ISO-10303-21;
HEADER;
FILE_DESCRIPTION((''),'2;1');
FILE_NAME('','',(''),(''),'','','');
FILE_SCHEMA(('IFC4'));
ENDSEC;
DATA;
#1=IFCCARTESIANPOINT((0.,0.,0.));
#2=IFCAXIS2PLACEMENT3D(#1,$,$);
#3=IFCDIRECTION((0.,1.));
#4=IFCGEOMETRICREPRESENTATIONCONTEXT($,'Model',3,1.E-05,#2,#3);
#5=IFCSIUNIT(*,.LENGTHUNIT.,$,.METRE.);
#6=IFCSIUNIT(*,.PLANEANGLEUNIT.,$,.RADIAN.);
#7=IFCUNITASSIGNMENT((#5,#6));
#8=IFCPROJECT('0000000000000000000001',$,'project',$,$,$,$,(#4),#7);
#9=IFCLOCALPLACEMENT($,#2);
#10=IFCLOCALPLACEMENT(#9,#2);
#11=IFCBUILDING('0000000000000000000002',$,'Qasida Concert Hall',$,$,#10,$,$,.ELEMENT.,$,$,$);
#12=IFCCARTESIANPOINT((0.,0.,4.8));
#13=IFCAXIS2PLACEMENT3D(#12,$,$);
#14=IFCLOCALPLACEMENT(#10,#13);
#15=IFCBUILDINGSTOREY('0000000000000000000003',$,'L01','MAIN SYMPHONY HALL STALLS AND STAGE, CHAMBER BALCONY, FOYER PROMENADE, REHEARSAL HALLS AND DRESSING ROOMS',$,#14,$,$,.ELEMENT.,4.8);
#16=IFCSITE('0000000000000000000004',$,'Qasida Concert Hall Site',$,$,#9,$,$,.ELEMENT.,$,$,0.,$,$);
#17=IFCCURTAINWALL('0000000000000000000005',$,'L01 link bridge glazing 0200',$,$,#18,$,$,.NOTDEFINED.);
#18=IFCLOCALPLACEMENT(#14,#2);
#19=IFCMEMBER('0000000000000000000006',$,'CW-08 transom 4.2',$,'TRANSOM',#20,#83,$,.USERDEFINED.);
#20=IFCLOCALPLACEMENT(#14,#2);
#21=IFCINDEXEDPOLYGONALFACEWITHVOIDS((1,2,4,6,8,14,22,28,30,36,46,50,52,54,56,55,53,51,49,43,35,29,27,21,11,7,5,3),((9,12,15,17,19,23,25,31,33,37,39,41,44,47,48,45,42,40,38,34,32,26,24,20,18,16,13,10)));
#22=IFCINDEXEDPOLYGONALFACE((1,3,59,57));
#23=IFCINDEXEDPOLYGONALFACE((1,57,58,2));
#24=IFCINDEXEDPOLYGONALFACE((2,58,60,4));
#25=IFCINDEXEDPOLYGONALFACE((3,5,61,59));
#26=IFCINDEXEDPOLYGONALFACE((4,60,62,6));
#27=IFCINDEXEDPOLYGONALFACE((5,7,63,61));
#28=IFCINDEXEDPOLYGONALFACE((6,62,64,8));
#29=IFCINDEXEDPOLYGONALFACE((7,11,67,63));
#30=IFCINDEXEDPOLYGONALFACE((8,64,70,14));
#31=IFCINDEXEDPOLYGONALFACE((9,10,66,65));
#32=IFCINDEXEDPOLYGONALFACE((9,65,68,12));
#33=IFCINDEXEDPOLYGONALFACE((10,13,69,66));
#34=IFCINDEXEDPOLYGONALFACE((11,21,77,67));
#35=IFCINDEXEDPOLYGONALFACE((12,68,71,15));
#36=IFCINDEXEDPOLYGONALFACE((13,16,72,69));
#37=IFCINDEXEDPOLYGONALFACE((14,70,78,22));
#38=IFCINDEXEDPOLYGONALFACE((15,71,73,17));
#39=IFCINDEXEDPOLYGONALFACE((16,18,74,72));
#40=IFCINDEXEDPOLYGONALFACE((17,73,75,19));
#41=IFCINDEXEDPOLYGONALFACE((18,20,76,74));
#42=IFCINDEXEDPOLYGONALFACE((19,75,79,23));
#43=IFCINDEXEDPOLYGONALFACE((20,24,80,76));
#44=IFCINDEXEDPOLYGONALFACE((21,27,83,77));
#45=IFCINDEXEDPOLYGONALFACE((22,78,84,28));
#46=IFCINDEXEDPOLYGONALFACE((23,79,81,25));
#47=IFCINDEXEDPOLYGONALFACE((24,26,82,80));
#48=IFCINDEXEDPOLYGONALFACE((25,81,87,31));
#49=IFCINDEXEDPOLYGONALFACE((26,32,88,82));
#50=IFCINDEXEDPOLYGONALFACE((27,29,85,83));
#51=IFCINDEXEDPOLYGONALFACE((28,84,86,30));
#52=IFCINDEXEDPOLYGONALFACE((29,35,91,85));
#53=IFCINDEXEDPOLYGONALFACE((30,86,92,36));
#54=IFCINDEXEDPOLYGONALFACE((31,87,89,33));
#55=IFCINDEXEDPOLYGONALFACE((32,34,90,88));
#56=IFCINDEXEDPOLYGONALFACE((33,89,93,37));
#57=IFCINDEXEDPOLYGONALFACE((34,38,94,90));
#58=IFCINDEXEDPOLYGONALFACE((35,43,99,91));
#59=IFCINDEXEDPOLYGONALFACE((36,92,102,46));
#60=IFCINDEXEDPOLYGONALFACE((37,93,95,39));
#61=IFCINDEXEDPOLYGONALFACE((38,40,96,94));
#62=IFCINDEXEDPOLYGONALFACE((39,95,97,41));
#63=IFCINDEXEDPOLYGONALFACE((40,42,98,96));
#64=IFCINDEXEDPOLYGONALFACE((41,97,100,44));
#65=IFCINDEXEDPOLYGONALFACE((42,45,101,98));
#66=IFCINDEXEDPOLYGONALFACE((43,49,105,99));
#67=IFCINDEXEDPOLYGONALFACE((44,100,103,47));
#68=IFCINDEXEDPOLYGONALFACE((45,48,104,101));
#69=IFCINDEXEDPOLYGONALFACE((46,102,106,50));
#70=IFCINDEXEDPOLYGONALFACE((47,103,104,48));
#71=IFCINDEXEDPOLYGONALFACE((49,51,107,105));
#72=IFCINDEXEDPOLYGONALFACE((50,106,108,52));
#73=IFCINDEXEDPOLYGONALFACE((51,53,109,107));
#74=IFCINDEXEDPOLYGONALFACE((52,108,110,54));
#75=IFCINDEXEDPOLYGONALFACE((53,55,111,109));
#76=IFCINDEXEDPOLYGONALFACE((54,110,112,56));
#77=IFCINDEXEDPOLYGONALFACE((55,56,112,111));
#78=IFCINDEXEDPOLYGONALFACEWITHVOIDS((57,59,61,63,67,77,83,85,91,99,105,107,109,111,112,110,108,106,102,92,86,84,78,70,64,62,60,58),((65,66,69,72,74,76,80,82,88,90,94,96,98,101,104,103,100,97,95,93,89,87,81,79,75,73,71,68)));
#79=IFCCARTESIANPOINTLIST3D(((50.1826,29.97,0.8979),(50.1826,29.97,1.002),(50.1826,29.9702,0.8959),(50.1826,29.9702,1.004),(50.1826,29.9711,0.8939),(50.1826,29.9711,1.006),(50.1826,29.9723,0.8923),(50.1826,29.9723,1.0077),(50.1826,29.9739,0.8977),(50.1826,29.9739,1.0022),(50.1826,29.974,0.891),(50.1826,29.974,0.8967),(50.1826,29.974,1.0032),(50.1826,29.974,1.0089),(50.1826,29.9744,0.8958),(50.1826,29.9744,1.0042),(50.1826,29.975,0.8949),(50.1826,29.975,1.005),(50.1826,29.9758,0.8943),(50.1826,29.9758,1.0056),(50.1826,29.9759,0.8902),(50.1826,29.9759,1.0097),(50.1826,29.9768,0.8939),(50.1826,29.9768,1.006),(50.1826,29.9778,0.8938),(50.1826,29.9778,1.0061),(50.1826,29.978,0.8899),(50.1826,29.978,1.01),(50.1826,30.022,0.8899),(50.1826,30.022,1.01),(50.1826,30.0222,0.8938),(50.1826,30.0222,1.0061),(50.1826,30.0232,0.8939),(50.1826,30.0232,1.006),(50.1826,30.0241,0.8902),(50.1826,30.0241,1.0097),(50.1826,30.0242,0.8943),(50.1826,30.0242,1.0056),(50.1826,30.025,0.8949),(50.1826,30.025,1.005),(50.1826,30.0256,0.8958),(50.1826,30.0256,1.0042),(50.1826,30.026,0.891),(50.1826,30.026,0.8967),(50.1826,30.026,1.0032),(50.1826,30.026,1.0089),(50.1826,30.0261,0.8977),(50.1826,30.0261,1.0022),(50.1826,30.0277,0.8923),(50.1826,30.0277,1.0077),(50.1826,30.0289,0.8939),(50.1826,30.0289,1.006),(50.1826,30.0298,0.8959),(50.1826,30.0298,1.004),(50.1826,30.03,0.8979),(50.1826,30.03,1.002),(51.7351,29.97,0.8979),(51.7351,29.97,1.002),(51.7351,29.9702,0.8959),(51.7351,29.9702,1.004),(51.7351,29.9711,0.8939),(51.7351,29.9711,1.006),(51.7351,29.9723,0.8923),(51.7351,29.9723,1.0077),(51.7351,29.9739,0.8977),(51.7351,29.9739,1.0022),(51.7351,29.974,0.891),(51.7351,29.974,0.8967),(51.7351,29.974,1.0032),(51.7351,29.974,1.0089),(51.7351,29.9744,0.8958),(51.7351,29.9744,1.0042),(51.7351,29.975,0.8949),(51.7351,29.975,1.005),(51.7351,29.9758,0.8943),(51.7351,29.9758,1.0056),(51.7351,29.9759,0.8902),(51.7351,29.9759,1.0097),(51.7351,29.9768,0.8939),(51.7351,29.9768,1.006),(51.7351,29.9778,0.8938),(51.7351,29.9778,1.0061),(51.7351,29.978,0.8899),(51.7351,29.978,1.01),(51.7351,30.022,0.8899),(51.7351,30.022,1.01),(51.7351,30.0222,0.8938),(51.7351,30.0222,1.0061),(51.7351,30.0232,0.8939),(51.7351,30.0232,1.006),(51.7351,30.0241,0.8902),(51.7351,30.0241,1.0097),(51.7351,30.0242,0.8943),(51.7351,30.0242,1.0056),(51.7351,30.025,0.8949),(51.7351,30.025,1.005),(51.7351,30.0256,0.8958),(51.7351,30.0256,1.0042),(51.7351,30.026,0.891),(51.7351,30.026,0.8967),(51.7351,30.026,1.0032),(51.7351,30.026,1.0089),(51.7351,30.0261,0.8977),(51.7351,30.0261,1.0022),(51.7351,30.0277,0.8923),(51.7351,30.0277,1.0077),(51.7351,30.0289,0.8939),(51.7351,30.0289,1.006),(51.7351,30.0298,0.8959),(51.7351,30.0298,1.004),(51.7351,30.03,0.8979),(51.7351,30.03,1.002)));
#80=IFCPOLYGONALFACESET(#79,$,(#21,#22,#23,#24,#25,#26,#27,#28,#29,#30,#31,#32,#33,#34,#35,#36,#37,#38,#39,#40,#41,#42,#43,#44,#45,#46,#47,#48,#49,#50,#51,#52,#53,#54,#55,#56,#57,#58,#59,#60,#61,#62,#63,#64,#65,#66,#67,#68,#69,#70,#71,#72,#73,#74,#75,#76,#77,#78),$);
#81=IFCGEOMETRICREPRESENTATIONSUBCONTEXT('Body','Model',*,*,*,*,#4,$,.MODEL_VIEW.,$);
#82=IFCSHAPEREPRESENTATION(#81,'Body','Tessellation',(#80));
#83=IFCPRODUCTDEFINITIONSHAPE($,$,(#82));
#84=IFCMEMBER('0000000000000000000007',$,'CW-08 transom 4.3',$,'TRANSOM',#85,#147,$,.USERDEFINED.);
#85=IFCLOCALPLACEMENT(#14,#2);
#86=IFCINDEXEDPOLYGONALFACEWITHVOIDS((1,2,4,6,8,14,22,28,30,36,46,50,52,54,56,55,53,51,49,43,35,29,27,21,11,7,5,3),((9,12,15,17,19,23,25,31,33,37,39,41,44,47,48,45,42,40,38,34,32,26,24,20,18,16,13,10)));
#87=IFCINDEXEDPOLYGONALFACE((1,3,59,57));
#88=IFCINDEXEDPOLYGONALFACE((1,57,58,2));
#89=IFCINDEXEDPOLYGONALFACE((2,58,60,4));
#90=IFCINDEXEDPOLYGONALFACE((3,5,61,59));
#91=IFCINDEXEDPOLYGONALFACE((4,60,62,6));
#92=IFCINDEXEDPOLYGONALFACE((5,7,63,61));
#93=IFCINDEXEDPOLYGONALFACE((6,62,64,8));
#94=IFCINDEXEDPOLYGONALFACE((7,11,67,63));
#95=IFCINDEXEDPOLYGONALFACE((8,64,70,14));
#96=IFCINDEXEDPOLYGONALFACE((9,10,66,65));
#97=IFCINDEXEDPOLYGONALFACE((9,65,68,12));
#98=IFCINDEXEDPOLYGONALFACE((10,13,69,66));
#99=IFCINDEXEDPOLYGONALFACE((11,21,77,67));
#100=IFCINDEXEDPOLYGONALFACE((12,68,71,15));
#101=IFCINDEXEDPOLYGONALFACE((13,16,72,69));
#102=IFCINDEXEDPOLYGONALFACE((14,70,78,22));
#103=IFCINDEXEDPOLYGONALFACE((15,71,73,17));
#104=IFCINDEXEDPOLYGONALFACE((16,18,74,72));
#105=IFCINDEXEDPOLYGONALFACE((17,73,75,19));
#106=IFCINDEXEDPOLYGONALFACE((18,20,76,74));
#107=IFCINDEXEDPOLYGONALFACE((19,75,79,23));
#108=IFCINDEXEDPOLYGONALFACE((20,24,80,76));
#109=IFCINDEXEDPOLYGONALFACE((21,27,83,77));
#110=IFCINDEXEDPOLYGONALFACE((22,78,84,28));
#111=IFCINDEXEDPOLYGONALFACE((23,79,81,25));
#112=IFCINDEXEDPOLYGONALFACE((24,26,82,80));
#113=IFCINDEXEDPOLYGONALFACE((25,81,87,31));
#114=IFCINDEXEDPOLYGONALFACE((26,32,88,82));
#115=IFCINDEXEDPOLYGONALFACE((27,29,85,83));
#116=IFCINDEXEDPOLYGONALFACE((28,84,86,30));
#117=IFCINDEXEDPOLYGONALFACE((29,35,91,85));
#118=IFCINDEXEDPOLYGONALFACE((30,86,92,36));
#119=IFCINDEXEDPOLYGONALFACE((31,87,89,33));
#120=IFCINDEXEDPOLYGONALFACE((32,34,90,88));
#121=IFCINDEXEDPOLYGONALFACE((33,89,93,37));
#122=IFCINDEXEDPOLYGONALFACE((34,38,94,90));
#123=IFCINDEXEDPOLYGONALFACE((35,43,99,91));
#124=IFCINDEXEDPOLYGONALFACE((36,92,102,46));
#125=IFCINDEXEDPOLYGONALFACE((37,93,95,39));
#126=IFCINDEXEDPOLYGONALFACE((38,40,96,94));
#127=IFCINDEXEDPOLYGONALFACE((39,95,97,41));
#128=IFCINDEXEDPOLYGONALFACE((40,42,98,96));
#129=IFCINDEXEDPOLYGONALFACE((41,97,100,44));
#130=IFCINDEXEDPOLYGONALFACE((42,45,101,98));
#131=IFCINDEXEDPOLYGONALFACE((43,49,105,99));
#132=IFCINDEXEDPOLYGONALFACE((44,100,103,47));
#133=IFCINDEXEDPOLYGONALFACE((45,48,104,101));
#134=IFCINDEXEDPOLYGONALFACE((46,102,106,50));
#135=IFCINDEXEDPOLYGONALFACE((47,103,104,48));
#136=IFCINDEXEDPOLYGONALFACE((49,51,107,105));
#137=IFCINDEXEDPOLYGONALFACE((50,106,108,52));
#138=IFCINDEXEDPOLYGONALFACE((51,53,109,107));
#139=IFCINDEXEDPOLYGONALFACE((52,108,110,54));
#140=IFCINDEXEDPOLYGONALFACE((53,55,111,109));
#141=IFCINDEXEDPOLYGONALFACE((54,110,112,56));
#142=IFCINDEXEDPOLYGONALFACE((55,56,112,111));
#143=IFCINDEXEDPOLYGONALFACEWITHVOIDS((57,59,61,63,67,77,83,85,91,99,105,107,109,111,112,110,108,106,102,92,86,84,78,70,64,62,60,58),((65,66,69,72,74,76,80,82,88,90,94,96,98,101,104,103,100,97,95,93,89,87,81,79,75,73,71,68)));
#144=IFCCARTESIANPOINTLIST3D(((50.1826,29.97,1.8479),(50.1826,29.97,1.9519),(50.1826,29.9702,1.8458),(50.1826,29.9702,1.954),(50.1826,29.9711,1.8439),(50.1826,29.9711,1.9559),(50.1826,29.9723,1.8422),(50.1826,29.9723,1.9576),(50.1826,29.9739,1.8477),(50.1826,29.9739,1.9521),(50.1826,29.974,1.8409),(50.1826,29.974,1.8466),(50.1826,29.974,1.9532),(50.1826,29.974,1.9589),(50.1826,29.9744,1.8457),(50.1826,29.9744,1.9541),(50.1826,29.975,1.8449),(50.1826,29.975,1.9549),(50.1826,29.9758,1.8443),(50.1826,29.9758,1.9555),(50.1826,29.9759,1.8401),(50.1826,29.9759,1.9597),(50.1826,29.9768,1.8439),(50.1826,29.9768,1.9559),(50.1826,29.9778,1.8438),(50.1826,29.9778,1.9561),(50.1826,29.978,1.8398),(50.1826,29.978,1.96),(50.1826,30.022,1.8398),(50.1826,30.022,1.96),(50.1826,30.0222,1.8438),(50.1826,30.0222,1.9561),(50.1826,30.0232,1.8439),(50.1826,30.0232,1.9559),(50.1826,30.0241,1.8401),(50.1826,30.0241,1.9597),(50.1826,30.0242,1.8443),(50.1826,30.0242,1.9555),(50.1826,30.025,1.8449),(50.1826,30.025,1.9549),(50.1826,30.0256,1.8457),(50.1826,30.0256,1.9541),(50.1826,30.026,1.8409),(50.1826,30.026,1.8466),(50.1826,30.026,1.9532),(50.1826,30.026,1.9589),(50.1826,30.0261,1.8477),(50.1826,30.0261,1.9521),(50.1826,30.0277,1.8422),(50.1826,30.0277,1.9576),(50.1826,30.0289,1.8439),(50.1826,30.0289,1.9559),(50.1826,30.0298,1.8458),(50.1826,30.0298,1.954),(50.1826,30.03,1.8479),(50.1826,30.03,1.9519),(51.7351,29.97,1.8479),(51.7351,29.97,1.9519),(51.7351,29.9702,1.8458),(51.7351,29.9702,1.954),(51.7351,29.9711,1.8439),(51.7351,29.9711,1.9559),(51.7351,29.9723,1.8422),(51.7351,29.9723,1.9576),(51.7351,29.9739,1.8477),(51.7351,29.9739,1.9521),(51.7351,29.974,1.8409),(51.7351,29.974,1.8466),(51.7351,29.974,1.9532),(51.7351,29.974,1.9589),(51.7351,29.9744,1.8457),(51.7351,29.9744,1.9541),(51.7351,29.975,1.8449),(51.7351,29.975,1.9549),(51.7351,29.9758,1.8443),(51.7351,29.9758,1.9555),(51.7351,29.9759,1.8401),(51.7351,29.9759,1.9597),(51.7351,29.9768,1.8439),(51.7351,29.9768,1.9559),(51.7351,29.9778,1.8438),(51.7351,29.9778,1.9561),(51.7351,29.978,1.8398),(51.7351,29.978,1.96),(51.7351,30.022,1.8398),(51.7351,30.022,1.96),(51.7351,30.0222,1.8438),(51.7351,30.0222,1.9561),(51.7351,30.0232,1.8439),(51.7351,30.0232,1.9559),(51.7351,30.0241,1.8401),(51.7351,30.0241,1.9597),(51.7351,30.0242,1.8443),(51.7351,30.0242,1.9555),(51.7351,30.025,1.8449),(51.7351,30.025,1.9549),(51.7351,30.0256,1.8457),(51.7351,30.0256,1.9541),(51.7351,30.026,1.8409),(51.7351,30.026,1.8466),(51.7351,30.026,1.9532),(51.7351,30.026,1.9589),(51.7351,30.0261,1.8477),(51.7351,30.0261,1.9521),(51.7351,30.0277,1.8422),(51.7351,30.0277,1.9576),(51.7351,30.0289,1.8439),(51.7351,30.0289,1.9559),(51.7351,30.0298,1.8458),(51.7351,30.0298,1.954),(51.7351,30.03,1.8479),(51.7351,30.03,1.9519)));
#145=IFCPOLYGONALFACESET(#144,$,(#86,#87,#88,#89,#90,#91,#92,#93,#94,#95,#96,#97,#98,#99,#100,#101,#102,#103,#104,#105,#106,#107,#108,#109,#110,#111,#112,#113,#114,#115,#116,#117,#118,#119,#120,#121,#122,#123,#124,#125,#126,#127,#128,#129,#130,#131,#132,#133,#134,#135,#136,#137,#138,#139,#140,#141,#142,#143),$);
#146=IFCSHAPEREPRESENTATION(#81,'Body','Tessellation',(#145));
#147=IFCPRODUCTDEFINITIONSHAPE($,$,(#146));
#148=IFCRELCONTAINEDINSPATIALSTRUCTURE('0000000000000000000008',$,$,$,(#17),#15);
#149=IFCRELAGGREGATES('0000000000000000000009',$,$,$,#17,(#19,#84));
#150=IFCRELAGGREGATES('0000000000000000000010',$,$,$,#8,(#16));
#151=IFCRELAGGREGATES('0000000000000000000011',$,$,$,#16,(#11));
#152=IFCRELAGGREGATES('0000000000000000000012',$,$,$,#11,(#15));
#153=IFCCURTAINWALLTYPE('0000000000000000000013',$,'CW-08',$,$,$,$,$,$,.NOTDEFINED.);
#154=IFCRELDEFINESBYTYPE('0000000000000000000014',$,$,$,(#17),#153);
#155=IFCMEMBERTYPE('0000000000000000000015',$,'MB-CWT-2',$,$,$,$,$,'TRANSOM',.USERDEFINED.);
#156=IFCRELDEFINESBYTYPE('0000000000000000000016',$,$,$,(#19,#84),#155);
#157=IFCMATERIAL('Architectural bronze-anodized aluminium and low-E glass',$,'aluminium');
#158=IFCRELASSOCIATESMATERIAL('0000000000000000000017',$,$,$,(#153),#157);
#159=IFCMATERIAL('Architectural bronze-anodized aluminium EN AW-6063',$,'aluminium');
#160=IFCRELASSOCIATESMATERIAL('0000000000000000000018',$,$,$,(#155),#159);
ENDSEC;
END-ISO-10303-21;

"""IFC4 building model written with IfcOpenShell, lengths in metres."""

from ifc_helpers import new_model, si_unit, direction, frame, origin, origin_2d, place, context, subcontext, project, spatial, hollow_rectangle, extrude, material, material_profile, profile_set, type_object, element, aggregate, save


model = new_model("IFC4")

# Units and contexts
model_context = context("Model", 3, precision=1e-05, world=origin(), true_north=direction((0.0, 1.0)))
body_context = subcontext(model_context, "Body", "Model", "MODEL_VIEW")
ifc_project = project(units=[si_unit("LENGTHUNIT", "METRE"), si_unit("PLANEANGLEUNIT", "RADIAN")], contexts=[model_context])

# Site, building, storey
site_placement = place(None, origin())
site = spatial("IfcSite", under=ifc_project, at=site_placement, Name="Qasida Concert Hall Site", CompositionType="ELEMENT", RefElevation=0.0)
building_placement = place(site_placement, origin())
building = spatial("IfcBuilding", under=site, at=building_placement, Name="Qasida Concert Hall", CompositionType="ELEMENT")
storey_placement = place(building_placement, frame((0.0, 0.0, 4.8)))
storey = spatial("IfcBuildingStorey", under=building, at=storey_placement, Name="L01", Description="MAIN SYMPHONY HALL STALLS AND STAGE, CHAMBER BALCONY, FOYER PROMENADE, REHEARSAL HALLS AND DRESSING ROOMS", CompositionType="ELEMENT", Elevation=4.8)

# Curtain wall, members
ifc_material_1 = material(Name="Architectural bronze-anodized aluminium and low-E glass", Category="aluminium")
curtain_wall_type = type_object("IfcCurtainWallType", Name="CW-08", PredefinedType="NOTDEFINED", material=ifc_material_1)
curtain_wall_1_placement = place(storey_placement, origin())
curtain_wall_1 = element("IfcCurtainWall", 1, at=curtain_wall_1_placement, inside=storey, type_object=curtain_wall_type, Name="L01 link bridge glazing 0200", PredefinedType="NOTDEFINED")
ifc_material_2 = material(Name="Architectural bronze-anodized aluminium EN AW-6063", Category="aluminium")
ifc_material_profile_1 = material_profile(ifc_material_2, hollow_rectangle(XDim=0.0601, YDim=0.1201, WallThickness=0.0039, InnerFilletRadius=0.0039, OuterFilletRadius=0.0081, at=origin_2d()), Name="CWT 120x60x4")
ifc_profile_set_1 = profile_set([ifc_material_profile_1], Name="Architectural bronze-anodized aluminium EN AW-6063")
member_type_1 = type_object("IfcMemberType", Name="MB-CWT-2", ElementType="TRANSOM", PredefinedType="USERDEFINED", material=ifc_profile_set_1)
member_1_placement = place(storey_placement, frame((50.1826, 30.0, 0.95), z_axis=(1.0, 0.0, 0.0), x_axis=(0.0, 1.0, 0.0)))
member_1 = element("IfcMember", 2, at=member_1_placement, type_object=member_type_1, Name="CW-08 transom 4.2", ObjectType="TRANSOM", PredefinedType="USERDEFINED", context=body_context, shape_type="SweptSolid", body=[
    extrude(hollow_rectangle(XDim=0.0601, YDim=0.1201, WallThickness=0.0039, InnerFilletRadius=0.0039, OuterFilletRadius=0.0081, at=origin_2d()), origin(), (0.0, 0.0, 1.0), 1.5525),
])
member_2_placement = place(storey_placement, frame((50.1826, 30.0, 1.8999), z_axis=(1.0, 0.0, 0.0), x_axis=(0.0, 1.0, 0.0)))
member_2 = element("IfcMember", 3, at=member_2_placement, type_object=member_type_1, Name="CW-08 transom 4.3", ObjectType="TRANSOM", PredefinedType="USERDEFINED", context=body_context, shape_type="SweptSolid", body=[
    extrude(hollow_rectangle(XDim=0.0601, YDim=0.1201, WallThickness=0.0039, InnerFilletRadius=0.0039, OuterFilletRadius=0.0081, at=origin_2d()), origin(), (0.0, 0.0, 1.0), 1.5525),
])
aggregate(curtain_wall_1, [member_1, member_2])

save(model, "model.ifc")
